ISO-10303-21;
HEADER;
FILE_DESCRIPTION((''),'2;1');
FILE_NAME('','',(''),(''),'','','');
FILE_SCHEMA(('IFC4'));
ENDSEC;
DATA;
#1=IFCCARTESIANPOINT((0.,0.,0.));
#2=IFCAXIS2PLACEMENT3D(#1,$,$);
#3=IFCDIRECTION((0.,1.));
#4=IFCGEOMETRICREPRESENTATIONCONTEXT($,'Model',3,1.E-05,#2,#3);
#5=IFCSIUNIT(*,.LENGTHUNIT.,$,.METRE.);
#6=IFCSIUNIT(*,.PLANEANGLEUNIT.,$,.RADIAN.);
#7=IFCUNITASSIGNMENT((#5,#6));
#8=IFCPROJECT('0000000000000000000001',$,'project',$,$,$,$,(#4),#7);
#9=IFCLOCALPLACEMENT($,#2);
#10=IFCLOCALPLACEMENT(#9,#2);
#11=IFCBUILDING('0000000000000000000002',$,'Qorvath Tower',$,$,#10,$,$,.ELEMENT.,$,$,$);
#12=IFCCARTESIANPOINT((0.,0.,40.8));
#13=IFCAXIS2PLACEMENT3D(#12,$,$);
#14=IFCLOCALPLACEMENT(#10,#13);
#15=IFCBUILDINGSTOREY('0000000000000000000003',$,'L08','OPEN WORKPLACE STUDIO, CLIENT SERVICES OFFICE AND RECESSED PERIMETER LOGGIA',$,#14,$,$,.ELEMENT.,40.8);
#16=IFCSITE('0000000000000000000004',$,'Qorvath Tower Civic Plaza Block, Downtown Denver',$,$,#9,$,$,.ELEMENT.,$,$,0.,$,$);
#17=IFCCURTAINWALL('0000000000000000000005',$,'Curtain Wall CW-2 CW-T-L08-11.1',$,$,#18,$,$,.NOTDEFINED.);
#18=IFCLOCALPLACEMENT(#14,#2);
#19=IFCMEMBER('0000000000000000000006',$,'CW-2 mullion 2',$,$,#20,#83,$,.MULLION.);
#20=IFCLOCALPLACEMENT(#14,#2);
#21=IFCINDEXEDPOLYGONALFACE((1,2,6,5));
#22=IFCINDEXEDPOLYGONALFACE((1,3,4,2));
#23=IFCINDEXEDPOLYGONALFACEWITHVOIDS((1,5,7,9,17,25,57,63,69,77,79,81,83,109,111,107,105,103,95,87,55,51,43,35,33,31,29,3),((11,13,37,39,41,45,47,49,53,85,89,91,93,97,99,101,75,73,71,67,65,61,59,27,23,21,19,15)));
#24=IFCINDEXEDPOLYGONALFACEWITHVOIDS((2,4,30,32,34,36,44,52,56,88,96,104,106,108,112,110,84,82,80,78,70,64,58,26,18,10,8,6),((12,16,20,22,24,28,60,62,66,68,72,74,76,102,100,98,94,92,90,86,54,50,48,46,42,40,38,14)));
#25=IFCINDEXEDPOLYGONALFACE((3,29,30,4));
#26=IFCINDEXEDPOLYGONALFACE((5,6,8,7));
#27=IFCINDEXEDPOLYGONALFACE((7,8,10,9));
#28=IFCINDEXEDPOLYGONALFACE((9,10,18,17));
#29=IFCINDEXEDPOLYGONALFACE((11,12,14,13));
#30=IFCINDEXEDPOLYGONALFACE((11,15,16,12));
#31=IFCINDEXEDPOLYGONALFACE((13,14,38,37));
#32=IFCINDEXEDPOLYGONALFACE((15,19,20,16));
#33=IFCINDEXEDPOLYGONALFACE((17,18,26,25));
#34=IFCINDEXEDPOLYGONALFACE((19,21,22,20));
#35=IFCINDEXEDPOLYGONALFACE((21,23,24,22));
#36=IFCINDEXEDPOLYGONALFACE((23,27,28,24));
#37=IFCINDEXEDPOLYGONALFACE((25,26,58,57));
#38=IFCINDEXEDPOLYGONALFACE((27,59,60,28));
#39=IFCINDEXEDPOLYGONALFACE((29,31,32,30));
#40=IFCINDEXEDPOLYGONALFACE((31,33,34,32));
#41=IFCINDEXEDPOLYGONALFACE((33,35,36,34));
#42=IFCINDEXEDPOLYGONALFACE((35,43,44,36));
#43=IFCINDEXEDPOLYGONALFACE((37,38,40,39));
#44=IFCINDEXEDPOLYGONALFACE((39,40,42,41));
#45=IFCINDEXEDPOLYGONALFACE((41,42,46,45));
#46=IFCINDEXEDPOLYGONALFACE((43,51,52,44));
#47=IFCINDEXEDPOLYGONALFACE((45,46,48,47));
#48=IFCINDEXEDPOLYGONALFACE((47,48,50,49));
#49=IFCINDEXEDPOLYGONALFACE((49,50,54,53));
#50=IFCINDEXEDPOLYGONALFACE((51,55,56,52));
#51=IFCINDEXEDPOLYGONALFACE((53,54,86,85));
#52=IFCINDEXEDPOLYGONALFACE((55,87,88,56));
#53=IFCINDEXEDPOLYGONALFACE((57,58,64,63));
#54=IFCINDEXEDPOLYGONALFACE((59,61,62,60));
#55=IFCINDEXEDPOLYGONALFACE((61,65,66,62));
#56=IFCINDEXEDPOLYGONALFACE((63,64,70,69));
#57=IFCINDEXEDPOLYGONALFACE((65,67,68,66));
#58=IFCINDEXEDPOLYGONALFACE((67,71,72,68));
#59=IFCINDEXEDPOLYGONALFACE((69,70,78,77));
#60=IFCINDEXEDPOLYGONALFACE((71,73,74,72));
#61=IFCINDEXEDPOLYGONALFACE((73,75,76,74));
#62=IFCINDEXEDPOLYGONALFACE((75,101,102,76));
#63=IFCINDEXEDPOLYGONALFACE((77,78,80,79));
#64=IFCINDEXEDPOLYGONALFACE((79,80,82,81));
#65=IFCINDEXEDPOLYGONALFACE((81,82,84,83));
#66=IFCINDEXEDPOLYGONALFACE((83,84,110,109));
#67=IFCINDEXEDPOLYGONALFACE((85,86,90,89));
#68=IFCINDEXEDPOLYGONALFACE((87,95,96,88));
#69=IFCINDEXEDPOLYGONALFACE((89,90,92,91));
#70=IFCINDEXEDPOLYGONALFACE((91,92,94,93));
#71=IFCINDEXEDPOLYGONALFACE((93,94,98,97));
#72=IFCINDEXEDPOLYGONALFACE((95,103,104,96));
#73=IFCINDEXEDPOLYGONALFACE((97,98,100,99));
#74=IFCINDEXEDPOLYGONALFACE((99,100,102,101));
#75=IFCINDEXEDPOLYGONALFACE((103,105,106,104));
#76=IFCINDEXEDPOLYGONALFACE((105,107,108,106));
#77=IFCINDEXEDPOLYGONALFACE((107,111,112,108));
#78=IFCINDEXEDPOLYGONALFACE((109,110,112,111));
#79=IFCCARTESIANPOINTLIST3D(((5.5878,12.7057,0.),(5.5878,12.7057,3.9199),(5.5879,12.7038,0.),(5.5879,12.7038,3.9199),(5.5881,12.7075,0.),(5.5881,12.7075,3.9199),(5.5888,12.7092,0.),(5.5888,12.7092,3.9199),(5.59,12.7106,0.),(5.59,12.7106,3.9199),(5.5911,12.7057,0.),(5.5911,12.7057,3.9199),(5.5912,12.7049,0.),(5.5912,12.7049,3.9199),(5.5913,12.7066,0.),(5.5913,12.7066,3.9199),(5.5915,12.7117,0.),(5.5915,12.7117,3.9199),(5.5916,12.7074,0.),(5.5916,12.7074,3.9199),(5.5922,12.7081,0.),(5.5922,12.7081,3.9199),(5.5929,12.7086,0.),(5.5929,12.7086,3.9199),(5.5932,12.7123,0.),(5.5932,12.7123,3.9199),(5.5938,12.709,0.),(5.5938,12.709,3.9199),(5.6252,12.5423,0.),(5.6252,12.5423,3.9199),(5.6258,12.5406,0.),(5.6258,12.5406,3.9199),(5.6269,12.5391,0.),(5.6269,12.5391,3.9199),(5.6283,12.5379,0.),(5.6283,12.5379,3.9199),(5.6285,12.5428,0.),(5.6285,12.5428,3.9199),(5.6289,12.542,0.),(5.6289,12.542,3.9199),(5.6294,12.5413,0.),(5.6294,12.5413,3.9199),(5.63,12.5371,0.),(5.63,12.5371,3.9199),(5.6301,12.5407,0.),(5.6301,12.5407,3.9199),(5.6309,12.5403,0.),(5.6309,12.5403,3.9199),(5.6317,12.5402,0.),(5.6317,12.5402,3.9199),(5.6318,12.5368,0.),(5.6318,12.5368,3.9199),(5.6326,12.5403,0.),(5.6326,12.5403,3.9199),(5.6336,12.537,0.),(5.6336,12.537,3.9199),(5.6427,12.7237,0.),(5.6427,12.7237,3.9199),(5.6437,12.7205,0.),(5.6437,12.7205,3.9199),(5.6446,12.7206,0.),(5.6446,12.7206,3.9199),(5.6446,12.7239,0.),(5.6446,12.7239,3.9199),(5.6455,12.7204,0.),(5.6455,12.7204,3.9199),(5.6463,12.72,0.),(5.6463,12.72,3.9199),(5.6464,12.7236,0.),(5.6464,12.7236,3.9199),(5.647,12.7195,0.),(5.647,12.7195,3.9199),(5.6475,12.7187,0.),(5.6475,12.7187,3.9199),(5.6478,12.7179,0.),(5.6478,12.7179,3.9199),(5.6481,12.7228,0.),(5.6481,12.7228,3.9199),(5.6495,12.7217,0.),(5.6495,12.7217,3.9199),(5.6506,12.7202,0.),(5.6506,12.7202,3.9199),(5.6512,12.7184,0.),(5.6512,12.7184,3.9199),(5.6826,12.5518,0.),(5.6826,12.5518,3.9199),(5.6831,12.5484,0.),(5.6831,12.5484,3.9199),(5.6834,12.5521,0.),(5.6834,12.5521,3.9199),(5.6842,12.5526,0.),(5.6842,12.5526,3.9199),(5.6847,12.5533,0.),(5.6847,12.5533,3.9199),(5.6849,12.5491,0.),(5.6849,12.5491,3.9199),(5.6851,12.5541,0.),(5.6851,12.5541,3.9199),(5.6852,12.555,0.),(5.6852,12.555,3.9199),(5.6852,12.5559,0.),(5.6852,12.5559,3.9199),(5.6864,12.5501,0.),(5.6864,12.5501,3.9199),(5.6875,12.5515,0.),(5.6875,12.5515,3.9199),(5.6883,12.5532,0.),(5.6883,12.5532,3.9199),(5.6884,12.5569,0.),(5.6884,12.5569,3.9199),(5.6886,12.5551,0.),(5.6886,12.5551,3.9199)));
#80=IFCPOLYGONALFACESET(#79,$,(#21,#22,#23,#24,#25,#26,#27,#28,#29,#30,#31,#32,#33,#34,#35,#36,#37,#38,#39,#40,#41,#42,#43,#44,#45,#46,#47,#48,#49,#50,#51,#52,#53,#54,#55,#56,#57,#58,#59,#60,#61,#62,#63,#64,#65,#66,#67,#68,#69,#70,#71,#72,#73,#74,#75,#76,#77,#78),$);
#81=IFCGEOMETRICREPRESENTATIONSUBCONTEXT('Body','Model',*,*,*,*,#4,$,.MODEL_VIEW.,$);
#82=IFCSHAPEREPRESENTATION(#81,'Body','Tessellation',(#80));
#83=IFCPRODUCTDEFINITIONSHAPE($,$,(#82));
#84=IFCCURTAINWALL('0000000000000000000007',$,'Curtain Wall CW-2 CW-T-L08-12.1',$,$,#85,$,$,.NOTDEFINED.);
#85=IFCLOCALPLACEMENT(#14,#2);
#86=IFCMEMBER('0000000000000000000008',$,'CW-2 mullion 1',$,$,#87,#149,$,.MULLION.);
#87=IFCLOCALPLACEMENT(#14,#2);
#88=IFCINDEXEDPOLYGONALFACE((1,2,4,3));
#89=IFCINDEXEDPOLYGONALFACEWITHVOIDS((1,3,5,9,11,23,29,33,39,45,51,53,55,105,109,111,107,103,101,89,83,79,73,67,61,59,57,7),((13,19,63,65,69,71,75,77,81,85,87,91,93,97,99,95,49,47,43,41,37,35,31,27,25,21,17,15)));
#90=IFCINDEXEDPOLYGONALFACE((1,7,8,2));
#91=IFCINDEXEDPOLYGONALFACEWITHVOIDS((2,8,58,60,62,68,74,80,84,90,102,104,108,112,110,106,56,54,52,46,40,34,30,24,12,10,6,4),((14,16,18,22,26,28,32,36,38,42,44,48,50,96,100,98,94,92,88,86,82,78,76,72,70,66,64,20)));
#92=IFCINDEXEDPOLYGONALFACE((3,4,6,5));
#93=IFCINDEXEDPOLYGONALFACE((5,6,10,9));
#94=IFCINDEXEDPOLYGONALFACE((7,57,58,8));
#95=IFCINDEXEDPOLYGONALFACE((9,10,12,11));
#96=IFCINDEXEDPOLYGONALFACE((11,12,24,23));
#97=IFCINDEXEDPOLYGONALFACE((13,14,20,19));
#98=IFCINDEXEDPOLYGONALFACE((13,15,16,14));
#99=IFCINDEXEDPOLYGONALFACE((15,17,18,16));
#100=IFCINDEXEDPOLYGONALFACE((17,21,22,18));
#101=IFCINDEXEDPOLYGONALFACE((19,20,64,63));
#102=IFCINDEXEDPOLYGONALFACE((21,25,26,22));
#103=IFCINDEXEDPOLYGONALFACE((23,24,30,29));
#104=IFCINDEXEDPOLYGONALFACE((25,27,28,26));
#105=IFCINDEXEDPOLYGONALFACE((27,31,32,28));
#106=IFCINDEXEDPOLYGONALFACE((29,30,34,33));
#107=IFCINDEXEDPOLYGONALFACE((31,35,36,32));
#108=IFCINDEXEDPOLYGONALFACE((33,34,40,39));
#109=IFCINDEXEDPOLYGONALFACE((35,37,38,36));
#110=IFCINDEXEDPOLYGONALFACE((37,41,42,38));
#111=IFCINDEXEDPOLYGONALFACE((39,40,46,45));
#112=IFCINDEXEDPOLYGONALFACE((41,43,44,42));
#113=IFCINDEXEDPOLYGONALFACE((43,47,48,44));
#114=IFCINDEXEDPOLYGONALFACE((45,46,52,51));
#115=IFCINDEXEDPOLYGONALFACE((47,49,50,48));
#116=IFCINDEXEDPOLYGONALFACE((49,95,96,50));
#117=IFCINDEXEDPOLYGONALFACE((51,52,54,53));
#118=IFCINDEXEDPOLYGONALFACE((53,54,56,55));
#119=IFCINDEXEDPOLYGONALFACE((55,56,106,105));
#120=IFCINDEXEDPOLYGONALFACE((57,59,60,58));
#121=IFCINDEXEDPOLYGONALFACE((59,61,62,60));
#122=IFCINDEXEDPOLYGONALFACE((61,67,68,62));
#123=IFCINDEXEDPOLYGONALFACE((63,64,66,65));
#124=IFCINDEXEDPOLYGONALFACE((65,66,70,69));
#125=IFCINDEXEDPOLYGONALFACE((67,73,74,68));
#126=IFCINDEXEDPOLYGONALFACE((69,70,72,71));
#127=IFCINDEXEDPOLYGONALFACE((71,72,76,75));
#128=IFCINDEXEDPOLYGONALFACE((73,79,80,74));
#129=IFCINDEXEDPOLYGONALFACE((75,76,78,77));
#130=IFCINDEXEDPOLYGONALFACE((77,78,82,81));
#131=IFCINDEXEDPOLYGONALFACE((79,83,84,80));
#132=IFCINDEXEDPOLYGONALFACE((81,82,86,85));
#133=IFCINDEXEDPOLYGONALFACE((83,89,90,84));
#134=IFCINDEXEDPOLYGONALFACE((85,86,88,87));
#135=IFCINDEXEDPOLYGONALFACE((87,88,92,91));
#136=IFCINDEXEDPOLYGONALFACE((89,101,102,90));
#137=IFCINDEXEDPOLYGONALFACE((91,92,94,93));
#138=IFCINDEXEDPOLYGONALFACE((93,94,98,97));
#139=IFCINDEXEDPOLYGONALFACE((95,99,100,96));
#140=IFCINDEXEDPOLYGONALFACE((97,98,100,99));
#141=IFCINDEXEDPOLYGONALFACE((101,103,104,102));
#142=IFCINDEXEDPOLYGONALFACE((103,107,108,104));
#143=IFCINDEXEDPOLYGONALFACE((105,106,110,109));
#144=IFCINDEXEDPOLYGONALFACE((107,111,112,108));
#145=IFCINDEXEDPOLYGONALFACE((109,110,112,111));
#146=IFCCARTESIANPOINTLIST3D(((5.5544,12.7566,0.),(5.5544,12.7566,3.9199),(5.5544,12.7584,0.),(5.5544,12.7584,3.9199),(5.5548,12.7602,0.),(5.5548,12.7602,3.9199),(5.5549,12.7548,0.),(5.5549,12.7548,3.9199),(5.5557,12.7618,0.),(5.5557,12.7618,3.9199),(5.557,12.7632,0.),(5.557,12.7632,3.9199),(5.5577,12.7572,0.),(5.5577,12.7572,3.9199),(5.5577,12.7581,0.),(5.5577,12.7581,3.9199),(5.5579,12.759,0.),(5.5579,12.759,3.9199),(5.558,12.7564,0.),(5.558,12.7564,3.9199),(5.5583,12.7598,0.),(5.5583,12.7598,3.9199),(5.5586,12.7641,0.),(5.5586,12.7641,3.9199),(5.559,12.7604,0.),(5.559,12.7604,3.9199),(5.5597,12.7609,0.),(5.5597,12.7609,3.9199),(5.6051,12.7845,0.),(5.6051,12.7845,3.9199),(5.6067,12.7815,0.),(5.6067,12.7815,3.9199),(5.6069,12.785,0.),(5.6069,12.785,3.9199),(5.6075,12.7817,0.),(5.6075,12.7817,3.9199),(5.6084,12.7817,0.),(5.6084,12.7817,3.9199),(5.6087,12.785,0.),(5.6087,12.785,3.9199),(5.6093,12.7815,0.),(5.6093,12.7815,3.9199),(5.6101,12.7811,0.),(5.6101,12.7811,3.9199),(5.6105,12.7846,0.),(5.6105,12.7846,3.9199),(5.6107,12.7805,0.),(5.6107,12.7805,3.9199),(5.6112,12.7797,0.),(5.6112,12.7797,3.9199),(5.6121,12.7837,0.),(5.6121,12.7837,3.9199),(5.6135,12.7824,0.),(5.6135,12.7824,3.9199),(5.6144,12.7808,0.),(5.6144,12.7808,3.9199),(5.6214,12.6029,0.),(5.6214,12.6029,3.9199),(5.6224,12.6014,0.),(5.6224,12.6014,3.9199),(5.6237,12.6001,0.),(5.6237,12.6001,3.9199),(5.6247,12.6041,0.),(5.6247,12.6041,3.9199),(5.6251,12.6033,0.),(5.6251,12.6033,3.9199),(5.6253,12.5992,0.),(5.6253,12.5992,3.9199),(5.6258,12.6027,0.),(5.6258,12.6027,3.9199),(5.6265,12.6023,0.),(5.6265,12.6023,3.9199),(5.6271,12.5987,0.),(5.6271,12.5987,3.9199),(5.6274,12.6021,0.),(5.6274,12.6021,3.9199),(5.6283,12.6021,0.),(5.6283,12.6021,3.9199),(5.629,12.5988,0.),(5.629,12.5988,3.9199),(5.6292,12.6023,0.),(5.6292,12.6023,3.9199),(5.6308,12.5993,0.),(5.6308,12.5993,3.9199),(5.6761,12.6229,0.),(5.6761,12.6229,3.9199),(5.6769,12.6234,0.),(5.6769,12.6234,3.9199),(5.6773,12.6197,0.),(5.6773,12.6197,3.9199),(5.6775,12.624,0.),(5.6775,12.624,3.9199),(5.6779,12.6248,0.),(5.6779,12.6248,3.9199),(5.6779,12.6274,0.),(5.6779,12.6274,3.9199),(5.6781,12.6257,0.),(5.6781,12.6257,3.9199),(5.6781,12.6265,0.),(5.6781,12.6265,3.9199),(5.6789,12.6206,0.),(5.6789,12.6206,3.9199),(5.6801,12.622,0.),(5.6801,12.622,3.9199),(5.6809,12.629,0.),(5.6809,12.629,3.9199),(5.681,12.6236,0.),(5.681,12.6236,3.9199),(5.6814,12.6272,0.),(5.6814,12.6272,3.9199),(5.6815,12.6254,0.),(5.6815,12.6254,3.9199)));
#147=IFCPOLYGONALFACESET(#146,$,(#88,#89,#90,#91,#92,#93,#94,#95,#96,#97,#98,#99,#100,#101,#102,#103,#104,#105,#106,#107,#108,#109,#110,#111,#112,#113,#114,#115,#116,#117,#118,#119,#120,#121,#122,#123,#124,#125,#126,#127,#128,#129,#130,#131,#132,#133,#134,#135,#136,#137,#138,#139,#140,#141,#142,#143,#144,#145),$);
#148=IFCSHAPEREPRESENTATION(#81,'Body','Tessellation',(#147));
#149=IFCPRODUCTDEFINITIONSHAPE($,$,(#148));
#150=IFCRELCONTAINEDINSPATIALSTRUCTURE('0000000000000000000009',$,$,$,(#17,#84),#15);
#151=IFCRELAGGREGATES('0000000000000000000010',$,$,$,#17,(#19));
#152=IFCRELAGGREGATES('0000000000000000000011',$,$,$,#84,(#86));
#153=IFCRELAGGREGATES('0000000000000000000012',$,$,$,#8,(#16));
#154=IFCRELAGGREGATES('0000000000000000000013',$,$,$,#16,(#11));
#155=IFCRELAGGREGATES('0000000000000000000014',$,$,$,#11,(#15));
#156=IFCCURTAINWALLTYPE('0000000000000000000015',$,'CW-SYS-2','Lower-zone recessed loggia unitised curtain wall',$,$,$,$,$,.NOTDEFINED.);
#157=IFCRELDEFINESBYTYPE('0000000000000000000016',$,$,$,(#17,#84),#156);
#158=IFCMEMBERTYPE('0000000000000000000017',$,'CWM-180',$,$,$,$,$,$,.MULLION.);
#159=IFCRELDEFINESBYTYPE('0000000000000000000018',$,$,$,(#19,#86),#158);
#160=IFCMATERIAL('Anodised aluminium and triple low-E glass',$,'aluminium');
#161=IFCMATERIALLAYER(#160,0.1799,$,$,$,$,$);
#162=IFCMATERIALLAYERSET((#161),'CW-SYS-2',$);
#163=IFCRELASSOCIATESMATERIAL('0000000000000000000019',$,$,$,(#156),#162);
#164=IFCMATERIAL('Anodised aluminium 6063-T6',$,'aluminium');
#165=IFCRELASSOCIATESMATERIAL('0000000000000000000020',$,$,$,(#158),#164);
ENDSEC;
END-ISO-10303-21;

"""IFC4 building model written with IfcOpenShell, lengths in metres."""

from ifc_helpers import new_model, si_unit, direction, frame, origin, origin_2d, place, context, subcontext, project, spatial, hollow_rectangle, extrude, material, layer, layer_set, material_profile, profile_set, type_object, element, aggregate, save


model = new_model("IFC4")

# Units and contexts
model_context = context("Model", 3, precision=1e-05, world=origin(), true_north=direction((0.0, 1.0)))
body_context = subcontext(model_context, "Body", "Model", "MODEL_VIEW")
ifc_project = project(units=[si_unit("LENGTHUNIT", "METRE"), si_unit("PLANEANGLEUNIT", "RADIAN")], contexts=[model_context])

# Site, building, storey
site_placement = place(None, origin())
site = spatial("IfcSite", under=ifc_project, at=site_placement, Name="Qorvath Tower Civic Plaza Block, Downtown Denver", CompositionType="ELEMENT", RefElevation=0.0)
building_placement = place(site_placement, origin())
building = spatial("IfcBuilding", under=site, at=building_placement, Name="Qorvath Tower", CompositionType="ELEMENT")
storey_placement = place(building_placement, frame((0.0, 0.0, 40.8)))
storey = spatial("IfcBuildingStorey", under=building, at=storey_placement, Name="L08", Description="OPEN WORKPLACE STUDIO, CLIENT SERVICES OFFICE AND RECESSED PERIMETER LOGGIA", CompositionType="ELEMENT", Elevation=40.8)

# Curtain wall, member
ifc_material_1 = material(Name="Anodised aluminium and triple low-E glass", Category="aluminium")
ifc_layer_1 = layer(ifc_material_1, 0.1799)
ifc_layer_set_1 = layer_set([ifc_layer_1], Name="CW-SYS-2")
curtain_wall_type = type_object("IfcCurtainWallType", Name="CW-SYS-2", Description="Lower-zone recessed loggia unitised curtain wall", PredefinedType="NOTDEFINED", material=ifc_layer_set_1)
curtain_wall_1_placement = place(storey_placement, origin())
curtain_wall_1 = element("IfcCurtainWall", 1, at=curtain_wall_1_placement, inside=storey, type_object=curtain_wall_type, Name="Curtain Wall CW-2 CW-T-L08-11.1", PredefinedType="NOTDEFINED")
ifc_material_2 = material(Name="Anodised aluminium 6063-T6", Category="aluminium")
ifc_material_profile_1 = material_profile(ifc_material_2, hollow_rectangle(XDim=0.0649, YDim=0.1799, WallThickness=0.0034, InnerFilletRadius=0.0034, OuterFilletRadius=0.0071, at=origin_2d()), Name="CWM 180x65")
ifc_profile_set_1 = profile_set([ifc_material_profile_1], Name="Anodised aluminium 6063-T6")
member_type_1 = type_object("IfcMemberType", Name="CWM-180", PredefinedType="MULLION", material=ifc_profile_set_1)
member_1_placement = place(storey_placement, frame((5.6382, 12.6304, 0.0), z_axis=(0.0, 0.0, 1.0), x_axis=(-0.974466, -0.224535, 0.0)))
member_1 = element("IfcMember", 2, at=member_1_placement, type_object=member_type_1, Name="CW-2 mullion 2", PredefinedType="MULLION", context=body_context, shape_type="SweptSolid", body=[
    extrude(hollow_rectangle(XDim=0.0649, YDim=0.1799, WallThickness=0.0034, InnerFilletRadius=0.0034, OuterFilletRadius=0.0071, at=origin_2d()), origin(), (0.0, 0.0, 1.0), 3.9199),
])

# Curtain wall, member
curtain_wall_2_placement = place(storey_placement, origin())
curtain_wall_2 = element("IfcCurtainWall", 3, at=curtain_wall_2_placement, inside=storey, type_object=curtain_wall_type, Name="Curtain Wall CW-2 CW-T-L08-12.1", PredefinedType="NOTDEFINED")
member_2_placement = place(storey_placement, frame((5.6179, 12.6919, 0.0), z_axis=(0.0, 0.0, 1.0), x_axis=(-0.916001, -0.401177, 0.0)))
member_2 = element("IfcMember", 4, at=member_2_placement, type_object=member_type_1, Name="CW-2 mullion 1", PredefinedType="MULLION", context=body_context, shape_type="SweptSolid", body=[
    extrude(hollow_rectangle(XDim=0.0649, YDim=0.1799, WallThickness=0.0034, InnerFilletRadius=0.0034, OuterFilletRadius=0.0071, at=origin_2d()), origin(), (0.0, 0.0, 1.0), 3.9199),
])

aggregate(curtain_wall_1, [member_1])
aggregate(curtain_wall_2, [member_2])

save(model, "model.ifc")
